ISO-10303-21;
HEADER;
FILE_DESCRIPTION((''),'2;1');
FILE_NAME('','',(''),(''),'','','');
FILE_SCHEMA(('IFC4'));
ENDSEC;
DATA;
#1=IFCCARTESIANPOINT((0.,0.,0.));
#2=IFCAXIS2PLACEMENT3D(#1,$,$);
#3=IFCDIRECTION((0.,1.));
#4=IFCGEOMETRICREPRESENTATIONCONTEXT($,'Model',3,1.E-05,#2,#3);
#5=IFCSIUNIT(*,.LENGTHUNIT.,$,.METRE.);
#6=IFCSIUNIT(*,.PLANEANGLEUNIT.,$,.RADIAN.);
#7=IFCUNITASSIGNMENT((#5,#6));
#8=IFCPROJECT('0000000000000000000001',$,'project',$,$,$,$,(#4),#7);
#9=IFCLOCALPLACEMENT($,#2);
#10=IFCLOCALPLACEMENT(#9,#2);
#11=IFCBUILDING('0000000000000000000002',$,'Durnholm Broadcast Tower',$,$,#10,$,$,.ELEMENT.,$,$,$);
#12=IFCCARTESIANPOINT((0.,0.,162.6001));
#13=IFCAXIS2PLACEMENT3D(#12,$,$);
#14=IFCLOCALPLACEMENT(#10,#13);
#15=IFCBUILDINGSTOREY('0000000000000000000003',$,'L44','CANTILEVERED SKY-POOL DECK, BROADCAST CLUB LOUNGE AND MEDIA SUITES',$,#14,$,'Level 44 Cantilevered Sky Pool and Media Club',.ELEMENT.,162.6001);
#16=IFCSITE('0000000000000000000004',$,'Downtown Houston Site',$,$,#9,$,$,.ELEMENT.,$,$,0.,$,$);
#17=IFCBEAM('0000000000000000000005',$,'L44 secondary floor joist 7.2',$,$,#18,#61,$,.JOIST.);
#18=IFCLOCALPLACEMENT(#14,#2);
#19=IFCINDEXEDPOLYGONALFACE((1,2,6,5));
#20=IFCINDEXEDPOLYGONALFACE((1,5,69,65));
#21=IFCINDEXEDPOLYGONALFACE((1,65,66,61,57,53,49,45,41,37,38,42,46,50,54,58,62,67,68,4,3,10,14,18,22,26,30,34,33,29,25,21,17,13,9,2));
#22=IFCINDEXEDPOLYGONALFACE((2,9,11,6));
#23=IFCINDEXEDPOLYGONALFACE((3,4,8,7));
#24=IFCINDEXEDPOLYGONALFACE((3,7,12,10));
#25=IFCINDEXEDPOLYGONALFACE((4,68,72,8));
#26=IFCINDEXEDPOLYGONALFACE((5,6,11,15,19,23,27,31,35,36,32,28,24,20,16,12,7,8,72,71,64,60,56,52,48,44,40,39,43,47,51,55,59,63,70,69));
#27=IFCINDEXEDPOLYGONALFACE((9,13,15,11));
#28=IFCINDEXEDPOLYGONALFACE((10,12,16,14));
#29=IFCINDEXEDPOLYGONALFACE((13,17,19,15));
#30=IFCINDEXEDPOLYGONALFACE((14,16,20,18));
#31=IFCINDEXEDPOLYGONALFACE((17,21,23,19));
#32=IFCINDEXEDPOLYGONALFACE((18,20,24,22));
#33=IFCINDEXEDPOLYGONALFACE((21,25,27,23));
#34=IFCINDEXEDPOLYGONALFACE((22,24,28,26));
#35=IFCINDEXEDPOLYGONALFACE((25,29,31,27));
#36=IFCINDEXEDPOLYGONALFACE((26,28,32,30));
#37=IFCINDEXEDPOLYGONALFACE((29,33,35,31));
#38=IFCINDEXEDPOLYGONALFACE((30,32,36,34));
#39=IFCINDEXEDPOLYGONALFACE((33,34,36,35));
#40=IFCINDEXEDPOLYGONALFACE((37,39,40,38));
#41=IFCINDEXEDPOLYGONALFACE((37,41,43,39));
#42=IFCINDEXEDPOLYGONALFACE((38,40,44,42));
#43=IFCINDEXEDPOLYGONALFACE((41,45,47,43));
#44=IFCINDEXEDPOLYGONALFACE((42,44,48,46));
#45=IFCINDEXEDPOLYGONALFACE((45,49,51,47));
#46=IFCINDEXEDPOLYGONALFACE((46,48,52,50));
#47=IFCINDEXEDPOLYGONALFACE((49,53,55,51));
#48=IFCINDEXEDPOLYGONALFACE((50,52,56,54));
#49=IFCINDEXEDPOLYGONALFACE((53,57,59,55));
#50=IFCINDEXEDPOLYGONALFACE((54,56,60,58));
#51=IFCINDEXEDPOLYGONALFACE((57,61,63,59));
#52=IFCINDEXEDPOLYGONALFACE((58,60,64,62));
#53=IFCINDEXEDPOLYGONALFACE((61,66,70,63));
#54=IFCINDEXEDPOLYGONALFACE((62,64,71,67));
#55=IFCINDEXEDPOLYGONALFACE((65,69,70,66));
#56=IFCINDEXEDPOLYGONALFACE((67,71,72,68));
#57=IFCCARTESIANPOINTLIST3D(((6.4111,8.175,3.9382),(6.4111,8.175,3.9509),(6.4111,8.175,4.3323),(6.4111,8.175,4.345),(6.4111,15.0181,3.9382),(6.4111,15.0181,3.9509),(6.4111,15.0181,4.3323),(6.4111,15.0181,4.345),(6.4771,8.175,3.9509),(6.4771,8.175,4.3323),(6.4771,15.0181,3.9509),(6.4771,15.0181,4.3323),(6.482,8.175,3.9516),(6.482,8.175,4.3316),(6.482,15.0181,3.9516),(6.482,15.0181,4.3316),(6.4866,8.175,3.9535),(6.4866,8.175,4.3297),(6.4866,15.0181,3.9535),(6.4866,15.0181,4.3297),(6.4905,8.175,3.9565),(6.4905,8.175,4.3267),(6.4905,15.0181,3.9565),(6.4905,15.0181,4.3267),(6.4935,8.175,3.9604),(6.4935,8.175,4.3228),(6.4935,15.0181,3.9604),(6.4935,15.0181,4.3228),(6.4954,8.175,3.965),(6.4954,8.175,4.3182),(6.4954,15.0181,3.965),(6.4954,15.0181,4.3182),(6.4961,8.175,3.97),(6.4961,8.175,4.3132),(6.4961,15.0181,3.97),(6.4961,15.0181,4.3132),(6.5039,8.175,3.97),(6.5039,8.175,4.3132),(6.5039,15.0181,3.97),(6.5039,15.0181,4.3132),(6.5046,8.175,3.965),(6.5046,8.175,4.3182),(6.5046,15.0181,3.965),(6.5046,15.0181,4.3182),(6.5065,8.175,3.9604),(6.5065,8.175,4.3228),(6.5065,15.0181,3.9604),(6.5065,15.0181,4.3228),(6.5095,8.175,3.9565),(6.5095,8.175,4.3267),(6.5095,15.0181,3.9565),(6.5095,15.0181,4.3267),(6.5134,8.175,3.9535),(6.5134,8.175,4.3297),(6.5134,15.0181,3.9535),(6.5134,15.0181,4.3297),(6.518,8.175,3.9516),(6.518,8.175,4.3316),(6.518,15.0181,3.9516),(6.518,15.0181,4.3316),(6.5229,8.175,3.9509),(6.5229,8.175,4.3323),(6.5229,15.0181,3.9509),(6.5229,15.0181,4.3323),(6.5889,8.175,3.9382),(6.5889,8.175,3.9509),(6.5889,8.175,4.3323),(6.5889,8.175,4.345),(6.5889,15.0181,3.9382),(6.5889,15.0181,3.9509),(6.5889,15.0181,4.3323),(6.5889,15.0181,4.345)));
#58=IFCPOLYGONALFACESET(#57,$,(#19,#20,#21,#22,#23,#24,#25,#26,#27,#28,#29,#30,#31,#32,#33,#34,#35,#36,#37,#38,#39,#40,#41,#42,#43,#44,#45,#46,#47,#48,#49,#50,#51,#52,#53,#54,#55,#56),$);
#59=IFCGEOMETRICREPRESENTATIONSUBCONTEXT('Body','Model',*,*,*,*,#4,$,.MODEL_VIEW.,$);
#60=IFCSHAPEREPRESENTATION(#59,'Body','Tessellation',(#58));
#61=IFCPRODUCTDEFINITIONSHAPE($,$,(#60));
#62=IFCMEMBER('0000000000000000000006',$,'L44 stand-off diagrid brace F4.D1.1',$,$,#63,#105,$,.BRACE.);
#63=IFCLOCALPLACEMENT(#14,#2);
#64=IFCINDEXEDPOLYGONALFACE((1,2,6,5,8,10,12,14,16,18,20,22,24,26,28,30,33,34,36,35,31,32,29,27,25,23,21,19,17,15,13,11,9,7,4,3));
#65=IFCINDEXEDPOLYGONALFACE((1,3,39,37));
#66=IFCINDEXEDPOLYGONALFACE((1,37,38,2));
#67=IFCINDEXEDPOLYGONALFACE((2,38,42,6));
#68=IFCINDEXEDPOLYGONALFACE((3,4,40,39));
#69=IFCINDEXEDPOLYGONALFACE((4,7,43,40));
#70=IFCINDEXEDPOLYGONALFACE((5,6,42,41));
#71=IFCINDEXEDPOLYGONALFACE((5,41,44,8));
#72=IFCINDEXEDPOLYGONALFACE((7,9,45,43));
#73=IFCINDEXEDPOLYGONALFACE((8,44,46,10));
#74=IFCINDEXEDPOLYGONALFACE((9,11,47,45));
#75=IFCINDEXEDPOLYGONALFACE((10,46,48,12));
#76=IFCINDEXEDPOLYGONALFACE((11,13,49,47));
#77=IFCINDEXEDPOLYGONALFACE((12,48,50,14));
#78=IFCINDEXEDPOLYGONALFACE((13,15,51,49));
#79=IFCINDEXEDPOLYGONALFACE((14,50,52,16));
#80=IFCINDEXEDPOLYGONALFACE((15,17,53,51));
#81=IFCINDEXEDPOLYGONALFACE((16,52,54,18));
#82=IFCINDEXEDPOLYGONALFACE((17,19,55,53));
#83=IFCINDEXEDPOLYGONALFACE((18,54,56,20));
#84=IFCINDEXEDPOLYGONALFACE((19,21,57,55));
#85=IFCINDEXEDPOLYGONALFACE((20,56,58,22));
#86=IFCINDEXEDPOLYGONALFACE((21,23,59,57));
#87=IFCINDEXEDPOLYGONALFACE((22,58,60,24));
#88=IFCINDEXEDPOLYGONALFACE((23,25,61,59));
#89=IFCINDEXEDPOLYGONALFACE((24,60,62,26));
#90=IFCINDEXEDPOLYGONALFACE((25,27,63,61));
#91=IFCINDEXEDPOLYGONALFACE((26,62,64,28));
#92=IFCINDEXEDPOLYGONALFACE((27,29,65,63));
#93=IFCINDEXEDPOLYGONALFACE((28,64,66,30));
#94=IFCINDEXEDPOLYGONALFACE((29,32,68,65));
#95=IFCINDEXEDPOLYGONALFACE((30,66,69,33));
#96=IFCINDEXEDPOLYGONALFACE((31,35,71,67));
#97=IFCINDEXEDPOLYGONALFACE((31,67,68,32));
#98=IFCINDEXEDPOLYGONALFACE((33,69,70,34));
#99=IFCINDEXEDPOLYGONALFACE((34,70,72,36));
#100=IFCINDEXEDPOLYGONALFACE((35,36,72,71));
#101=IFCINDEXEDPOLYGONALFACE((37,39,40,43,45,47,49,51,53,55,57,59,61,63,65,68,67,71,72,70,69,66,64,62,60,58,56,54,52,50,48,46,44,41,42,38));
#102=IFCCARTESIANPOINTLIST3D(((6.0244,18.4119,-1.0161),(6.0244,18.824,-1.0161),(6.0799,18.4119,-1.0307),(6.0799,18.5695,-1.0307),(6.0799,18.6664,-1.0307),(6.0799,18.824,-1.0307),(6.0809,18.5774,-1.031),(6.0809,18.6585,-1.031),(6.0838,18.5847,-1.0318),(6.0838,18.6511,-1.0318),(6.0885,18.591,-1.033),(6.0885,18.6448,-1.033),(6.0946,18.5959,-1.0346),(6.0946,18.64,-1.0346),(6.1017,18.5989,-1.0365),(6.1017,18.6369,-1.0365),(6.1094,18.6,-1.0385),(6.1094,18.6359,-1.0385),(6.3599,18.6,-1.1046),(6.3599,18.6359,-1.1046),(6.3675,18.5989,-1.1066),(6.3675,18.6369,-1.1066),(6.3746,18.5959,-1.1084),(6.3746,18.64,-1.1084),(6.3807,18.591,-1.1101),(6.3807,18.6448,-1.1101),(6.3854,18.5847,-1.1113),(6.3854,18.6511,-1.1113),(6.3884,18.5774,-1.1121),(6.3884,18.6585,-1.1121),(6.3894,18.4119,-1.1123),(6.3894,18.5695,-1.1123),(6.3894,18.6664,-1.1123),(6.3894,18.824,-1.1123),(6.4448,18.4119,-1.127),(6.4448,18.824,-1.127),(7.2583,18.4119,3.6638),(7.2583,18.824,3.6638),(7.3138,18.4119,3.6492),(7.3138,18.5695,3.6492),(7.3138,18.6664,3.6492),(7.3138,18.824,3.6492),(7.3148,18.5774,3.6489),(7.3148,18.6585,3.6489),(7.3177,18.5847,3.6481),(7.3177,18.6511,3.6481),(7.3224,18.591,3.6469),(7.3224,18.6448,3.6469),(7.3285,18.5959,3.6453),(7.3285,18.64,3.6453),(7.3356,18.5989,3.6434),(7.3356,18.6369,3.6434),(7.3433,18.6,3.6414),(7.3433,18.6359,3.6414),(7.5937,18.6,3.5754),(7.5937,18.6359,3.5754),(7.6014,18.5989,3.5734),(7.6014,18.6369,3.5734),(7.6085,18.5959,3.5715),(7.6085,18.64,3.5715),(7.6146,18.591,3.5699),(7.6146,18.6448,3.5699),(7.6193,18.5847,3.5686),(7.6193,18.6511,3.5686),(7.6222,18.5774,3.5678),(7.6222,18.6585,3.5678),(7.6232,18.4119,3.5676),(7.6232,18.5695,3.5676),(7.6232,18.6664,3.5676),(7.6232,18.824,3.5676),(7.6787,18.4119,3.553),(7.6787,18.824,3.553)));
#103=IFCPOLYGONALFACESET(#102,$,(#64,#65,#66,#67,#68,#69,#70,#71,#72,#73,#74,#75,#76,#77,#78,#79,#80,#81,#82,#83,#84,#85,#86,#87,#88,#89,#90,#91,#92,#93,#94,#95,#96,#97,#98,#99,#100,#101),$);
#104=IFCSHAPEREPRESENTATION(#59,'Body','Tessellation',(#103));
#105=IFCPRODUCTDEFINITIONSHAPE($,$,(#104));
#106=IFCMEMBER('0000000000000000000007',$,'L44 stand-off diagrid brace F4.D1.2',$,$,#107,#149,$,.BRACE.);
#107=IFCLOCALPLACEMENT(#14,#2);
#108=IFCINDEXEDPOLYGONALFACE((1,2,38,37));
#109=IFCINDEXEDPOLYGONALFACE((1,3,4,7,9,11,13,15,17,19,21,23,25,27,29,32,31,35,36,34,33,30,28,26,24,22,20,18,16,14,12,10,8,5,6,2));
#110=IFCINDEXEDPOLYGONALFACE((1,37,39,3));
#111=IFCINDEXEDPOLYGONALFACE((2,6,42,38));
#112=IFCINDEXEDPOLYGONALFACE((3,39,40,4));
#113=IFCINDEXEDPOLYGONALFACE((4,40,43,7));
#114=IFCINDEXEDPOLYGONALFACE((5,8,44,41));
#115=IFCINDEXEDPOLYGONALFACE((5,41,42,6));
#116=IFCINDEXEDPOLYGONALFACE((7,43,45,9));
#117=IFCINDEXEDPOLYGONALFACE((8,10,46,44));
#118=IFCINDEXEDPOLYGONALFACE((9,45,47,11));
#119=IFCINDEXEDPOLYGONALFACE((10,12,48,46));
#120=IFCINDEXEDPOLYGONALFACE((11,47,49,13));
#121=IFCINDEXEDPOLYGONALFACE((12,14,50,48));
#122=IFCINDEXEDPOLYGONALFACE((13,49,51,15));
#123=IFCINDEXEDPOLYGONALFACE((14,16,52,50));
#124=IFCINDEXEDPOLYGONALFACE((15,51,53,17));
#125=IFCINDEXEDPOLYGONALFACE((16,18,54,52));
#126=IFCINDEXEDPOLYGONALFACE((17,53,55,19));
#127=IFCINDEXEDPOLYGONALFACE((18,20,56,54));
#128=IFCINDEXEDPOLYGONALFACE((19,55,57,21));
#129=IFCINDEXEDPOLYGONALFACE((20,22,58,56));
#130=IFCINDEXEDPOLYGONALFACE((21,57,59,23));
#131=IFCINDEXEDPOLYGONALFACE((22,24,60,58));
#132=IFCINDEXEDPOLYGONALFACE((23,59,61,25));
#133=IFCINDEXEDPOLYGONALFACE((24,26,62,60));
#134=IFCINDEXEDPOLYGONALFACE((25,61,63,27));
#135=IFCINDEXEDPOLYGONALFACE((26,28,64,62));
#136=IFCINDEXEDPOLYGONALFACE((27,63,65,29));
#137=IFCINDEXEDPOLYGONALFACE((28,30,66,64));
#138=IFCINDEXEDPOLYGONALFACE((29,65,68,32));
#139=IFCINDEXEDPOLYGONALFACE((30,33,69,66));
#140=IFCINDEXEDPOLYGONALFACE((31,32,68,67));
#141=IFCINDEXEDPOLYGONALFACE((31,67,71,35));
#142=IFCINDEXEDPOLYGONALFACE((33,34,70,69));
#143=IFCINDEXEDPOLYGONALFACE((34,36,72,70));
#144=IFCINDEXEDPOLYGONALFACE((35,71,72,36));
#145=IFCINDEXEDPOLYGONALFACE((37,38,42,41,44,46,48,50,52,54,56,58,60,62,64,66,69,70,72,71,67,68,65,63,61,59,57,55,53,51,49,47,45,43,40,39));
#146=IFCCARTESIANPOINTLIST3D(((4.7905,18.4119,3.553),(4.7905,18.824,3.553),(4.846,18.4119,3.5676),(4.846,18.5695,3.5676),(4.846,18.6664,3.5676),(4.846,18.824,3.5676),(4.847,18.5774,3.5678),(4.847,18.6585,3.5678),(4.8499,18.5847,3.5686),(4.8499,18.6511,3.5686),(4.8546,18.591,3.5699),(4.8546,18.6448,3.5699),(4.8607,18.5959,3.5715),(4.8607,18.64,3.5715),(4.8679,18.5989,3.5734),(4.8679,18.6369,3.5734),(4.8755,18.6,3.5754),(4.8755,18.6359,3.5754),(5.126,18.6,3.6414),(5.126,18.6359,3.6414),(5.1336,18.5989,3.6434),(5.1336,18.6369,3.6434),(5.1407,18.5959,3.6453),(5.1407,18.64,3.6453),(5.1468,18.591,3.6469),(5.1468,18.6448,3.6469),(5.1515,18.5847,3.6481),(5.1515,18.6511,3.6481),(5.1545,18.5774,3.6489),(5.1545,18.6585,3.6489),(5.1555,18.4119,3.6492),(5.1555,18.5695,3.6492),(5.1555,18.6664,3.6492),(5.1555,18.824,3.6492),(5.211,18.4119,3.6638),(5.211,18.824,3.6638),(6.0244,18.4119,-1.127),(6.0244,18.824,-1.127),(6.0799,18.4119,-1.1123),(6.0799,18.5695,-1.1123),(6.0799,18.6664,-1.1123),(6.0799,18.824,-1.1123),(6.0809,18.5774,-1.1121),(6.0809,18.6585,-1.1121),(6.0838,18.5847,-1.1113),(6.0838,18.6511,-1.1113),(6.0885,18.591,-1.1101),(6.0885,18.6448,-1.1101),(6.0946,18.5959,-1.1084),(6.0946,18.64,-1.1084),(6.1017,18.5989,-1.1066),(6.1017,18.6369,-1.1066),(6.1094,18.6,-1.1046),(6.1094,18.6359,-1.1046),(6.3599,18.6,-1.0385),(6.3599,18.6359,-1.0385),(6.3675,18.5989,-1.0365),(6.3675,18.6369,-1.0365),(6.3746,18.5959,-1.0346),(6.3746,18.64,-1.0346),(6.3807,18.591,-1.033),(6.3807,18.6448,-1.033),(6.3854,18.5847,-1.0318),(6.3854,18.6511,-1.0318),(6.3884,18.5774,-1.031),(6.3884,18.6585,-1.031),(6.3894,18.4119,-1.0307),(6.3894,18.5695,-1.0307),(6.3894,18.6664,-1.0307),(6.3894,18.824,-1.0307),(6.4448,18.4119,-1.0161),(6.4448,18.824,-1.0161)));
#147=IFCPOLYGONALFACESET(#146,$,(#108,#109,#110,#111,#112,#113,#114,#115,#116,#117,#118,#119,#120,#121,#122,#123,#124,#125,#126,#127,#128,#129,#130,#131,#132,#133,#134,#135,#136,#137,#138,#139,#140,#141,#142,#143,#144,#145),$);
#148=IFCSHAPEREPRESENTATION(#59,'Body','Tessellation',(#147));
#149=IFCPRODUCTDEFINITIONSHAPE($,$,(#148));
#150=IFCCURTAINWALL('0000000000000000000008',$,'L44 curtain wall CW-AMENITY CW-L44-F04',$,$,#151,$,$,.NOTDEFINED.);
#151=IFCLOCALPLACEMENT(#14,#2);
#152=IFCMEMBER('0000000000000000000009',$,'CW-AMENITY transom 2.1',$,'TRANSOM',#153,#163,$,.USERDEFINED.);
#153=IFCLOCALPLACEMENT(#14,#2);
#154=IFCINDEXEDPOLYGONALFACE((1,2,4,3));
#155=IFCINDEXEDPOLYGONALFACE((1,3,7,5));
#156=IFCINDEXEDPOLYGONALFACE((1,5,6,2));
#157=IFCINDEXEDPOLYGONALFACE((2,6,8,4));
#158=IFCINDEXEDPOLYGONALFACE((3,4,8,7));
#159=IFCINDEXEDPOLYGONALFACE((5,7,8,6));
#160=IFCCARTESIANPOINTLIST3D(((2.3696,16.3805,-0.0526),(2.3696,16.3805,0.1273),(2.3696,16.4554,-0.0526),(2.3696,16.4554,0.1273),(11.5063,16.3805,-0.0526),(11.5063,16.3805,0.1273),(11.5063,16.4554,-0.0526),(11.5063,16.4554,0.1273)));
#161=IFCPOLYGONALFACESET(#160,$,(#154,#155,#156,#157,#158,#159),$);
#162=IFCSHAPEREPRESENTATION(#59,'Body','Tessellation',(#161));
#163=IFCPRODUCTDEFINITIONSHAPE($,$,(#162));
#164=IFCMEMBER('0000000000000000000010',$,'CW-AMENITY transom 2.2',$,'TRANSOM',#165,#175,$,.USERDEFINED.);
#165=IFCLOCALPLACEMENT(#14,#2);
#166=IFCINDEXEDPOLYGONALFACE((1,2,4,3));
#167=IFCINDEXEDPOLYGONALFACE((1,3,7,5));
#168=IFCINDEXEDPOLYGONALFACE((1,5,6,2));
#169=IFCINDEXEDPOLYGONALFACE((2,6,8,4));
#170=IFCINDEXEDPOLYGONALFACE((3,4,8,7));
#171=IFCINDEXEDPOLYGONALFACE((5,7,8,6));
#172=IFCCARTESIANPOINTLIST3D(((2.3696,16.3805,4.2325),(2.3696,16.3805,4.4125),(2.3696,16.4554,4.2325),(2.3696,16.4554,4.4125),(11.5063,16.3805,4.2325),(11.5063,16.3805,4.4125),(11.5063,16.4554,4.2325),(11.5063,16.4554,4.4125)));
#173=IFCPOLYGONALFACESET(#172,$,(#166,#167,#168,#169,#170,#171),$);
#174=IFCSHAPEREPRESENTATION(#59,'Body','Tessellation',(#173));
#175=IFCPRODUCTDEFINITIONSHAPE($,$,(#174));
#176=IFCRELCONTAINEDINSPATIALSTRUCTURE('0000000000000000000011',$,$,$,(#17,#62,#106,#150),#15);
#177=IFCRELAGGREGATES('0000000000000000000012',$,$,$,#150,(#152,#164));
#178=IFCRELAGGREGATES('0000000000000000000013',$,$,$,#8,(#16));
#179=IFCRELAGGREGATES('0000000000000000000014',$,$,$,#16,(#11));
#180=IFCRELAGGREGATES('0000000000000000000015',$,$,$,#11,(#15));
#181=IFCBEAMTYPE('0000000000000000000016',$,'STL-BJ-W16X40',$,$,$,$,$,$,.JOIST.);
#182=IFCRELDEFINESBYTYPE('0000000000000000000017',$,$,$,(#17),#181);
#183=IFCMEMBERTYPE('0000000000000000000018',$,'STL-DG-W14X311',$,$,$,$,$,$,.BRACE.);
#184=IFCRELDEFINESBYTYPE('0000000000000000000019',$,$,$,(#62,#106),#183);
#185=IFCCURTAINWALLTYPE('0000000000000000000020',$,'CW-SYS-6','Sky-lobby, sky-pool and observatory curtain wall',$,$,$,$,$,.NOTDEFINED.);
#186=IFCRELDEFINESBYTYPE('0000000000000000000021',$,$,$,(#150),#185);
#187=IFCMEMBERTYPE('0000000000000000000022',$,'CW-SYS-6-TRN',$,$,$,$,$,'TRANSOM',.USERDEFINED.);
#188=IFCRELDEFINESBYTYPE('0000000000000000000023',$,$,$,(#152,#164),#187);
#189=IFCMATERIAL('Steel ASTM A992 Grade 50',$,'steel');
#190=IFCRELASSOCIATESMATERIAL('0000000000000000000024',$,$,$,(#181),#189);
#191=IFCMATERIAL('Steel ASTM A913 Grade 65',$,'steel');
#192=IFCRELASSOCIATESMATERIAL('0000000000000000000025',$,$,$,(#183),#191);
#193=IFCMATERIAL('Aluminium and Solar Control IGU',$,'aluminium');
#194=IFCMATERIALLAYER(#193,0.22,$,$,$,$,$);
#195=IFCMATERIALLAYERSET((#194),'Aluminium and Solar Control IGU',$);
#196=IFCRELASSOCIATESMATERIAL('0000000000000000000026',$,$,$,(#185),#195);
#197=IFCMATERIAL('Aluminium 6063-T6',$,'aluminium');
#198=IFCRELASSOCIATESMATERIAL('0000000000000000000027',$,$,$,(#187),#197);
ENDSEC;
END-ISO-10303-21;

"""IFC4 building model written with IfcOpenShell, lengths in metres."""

from ifc_helpers import new_model, si_unit, direction, frame, origin, origin_2d, place, context, subcontext, project, spatial, rectangle, i_section, extrude, source, transform, mapped, material, layer, layer_set, material_profile, profile_set, type_object, type_shapes, element, aggregate, save


model = new_model("IFC4")

# Units and contexts
model_context = context("Model", 3, precision=1e-05, world=origin(), true_north=direction((0.0, 1.0)))
body_context = subcontext(model_context, "Body", "Model", "MODEL_VIEW")
ifc_project = project(units=[si_unit("LENGTHUNIT", "METRE"), si_unit("PLANEANGLEUNIT", "RADIAN")], contexts=[model_context])

# Site, building, storey
site_placement = place(None, origin())
site = spatial("IfcSite", under=ifc_project, at=site_placement, Name="Downtown Houston Site", CompositionType="ELEMENT", RefElevation=0.0)
building_placement = place(site_placement, origin())
building = spatial("IfcBuilding", under=site, at=building_placement, Name="Durnholm Broadcast Tower", CompositionType="ELEMENT")
storey_placement = place(building_placement, frame((0.0, 0.0, 162.6001)))
storey = spatial("IfcBuildingStorey", under=building, at=storey_placement, Name="L44", Description="CANTILEVERED SKY-POOL DECK, BROADCAST CLUB LOUNGE AND MEDIA SUITES", LongName="Level 44 Cantilevered Sky Pool and Media Club", CompositionType="ELEMENT", Elevation=162.6001)

# Beam
ifc_material_1 = material(Name="Steel ASTM A992 Grade 50", Category="steel")
ifc_material_profile_1 = material_profile(ifc_material_1, i_section(OverallWidth=0.1777, OverallDepth=0.4067, WebThickness=0.0078, FlangeThickness=0.0127, FilletRadius=0.019, at=origin_2d()), Name="W16X40")
ifc_profile_set_1 = profile_set([ifc_material_profile_1], Name="Steel ASTM A992 Grade 50")
beam_type_1 = type_object("IfcBeamType", Name="STL-BJ-W16X40", PredefinedType="JOIST", material=ifc_profile_set_1)
shared_shape_1 = source(origin(), body_context, "Body", "SweptSolid", [
    extrude(i_section(OverallWidth=0.1777, OverallDepth=0.4067, WebThickness=0.0078, FlangeThickness=0.0127, FilletRadius=0.019, at=origin_2d()), origin(), (0.0, 0.0, 1.0), 6.843),
])
type_shapes(beam_type_1, [shared_shape_1])
for number, where, z_axis, x_axis, name in (
    (1, (6.5, 8.175, 4.1416), (0.0, 1.0, 0.0), (-1.0, 0.0, 0.0), "L44 secondary floor joist 7.2"),
):
    element("IfcBeam", number, at=place(storey_placement, frame(where, z_axis=z_axis, x_axis=x_axis)), inside=storey, type_object=beam_type_1, Name=name, PredefinedType="JOIST", context=body_context, shape_type="MappedRepresentation", body=[
        mapped(shared_shape_1, transform((0.0, 0.0, 0.0), x_axis=(1.0, 0.0, 0.0), y_axis=(0.0, 1.0, 0.0), z_axis=(0.0, 0.0, 1.0), scale=1.0)),
    ])

# Members
ifc_material_2 = material(Name="Steel ASTM A913 Grade 65", Category="steel")
ifc_material_profile_2 = material_profile(ifc_material_2, i_section(OverallWidth=0.4121, OverallDepth=0.4348, WebThickness=0.0359, FlangeThickness=0.0574, FilletRadius=0.0305, at=origin_2d()), Name="W14X311")
ifc_profile_set_2 = profile_set([ifc_material_profile_2], Name="Steel ASTM A913 Grade 65")
member_type_1 = type_object("IfcMemberType", Name="STL-DG-W14X311", PredefinedType="BRACE", material=ifc_profile_set_2)
shared_shape_2 = source(origin(), body_context, "Body", "SweptSolid", [
    extrude(i_section(OverallWidth=0.4121, OverallDepth=0.4348, WebThickness=0.0359, FlangeThickness=0.0574, FilletRadius=0.0305, at=origin_2d()), origin(), (0.0, 0.0, 1.0), 4.8398),
])
type_shapes(member_type_1, [shared_shape_2])
for number, where, z_axis, x_axis, name in (
    (2, (6.2346, 18.6179, -1.0715), (0.254943, 0.0, 0.966956), (0.0, 1.0, 0.0), "L44 stand-off diagrid brace F4.D1.1"),
    (3, (6.2346, 18.6179, -1.0715), (-0.254943, 0.0, 0.966956), (0.0, -1.0, 0.0), "L44 stand-off diagrid brace F4.D1.2"),
):
    element("IfcMember", number, at=place(storey_placement, frame(where, z_axis=z_axis, x_axis=x_axis)), inside=storey, type_object=member_type_1, Name=name, PredefinedType="BRACE", context=body_context, shape_type="MappedRepresentation", body=[
        mapped(shared_shape_2, transform((0.0, 0.0, 0.0), x_axis=(1.0, 0.0, 0.0), y_axis=(0.0, 1.0, 0.0), z_axis=(0.0, 0.0, 1.0), scale=1.0)),
    ])

# Curtain wall, members
ifc_material_3 = material(Name="Aluminium and Solar Control IGU", Category="aluminium")
ifc_layer_1 = layer(ifc_material_3, 0.22)
ifc_layer_set_1 = layer_set([ifc_layer_1], Name="Aluminium and Solar Control IGU")
curtain_wall_type = type_object("IfcCurtainWallType", Name="CW-SYS-6", Description="Sky-lobby, sky-pool and observatory curtain wall", PredefinedType="NOTDEFINED", material=ifc_layer_set_1)
curtain_wall_placement = place(storey_placement, origin())
curtain_wall = element("IfcCurtainWall", 4, at=curtain_wall_placement, inside=storey, type_object=curtain_wall_type, Name="L44 curtain wall CW-AMENITY CW-L44-F04", PredefinedType="NOTDEFINED")
ifc_material_4 = material(Name="Aluminium 6063-T6", Category="aluminium")
ifc_material_profile_3 = material_profile(ifc_material_4, rectangle(XDim=0.075, YDim=0.1799, at=origin_2d()), Name="CWT75X180")
ifc_profile_set_3 = profile_set([ifc_material_profile_3], Name="Aluminium 6063-T6")
member_type_2 = type_object("IfcMemberType", Name="CW-SYS-6-TRN", ElementType="TRANSOM", PredefinedType="USERDEFINED", material=ifc_profile_set_3)
shared_shape_3 = source(origin(), body_context, "Body", "SweptSolid", [
    extrude(rectangle(XDim=0.075, YDim=0.1799, at=origin_2d()), origin(), (0.0, 0.0, 1.0), 9.1367),
])
type_shapes(member_type_2, [shared_shape_3])
member_1_placement = place(storey_placement, frame((2.3696, 16.418, 0.0374), z_axis=(1.0, 0.0, 0.0), x_axis=(0.0, 1.0, 0.0)))
member_1 = element("IfcMember", 5, at=member_1_placement, type_object=member_type_2, Name="CW-AMENITY transom 2.1", ObjectType="TRANSOM", PredefinedType="USERDEFINED", context=body_context, shape_type="MappedRepresentation", body=[
    mapped(shared_shape_3, transform((0.0, 0.0, 0.0), x_axis=(1.0, 0.0, 0.0), y_axis=(0.0, 1.0, 0.0), z_axis=(0.0, 0.0, 1.0), scale=1.0)),
])
member_2_placement = place(storey_placement, frame((2.3696, 16.418, 4.3225), z_axis=(1.0, 0.0, 0.0), x_axis=(0.0, 1.0, 0.0)))
member_2 = element("IfcMember", 6, at=member_2_placement, type_object=member_type_2, Name="CW-AMENITY transom 2.2", ObjectType="TRANSOM", PredefinedType="USERDEFINED", context=body_context, shape_type="MappedRepresentation", body=[
    mapped(shared_shape_3, transform((0.0, 0.0, 0.0), x_axis=(1.0, 0.0, 0.0), y_axis=(0.0, 1.0, 0.0), z_axis=(0.0, 0.0, 1.0), scale=1.0)),
])
aggregate(curtain_wall, [member_1, member_2])

save(model, "model.ifc")
